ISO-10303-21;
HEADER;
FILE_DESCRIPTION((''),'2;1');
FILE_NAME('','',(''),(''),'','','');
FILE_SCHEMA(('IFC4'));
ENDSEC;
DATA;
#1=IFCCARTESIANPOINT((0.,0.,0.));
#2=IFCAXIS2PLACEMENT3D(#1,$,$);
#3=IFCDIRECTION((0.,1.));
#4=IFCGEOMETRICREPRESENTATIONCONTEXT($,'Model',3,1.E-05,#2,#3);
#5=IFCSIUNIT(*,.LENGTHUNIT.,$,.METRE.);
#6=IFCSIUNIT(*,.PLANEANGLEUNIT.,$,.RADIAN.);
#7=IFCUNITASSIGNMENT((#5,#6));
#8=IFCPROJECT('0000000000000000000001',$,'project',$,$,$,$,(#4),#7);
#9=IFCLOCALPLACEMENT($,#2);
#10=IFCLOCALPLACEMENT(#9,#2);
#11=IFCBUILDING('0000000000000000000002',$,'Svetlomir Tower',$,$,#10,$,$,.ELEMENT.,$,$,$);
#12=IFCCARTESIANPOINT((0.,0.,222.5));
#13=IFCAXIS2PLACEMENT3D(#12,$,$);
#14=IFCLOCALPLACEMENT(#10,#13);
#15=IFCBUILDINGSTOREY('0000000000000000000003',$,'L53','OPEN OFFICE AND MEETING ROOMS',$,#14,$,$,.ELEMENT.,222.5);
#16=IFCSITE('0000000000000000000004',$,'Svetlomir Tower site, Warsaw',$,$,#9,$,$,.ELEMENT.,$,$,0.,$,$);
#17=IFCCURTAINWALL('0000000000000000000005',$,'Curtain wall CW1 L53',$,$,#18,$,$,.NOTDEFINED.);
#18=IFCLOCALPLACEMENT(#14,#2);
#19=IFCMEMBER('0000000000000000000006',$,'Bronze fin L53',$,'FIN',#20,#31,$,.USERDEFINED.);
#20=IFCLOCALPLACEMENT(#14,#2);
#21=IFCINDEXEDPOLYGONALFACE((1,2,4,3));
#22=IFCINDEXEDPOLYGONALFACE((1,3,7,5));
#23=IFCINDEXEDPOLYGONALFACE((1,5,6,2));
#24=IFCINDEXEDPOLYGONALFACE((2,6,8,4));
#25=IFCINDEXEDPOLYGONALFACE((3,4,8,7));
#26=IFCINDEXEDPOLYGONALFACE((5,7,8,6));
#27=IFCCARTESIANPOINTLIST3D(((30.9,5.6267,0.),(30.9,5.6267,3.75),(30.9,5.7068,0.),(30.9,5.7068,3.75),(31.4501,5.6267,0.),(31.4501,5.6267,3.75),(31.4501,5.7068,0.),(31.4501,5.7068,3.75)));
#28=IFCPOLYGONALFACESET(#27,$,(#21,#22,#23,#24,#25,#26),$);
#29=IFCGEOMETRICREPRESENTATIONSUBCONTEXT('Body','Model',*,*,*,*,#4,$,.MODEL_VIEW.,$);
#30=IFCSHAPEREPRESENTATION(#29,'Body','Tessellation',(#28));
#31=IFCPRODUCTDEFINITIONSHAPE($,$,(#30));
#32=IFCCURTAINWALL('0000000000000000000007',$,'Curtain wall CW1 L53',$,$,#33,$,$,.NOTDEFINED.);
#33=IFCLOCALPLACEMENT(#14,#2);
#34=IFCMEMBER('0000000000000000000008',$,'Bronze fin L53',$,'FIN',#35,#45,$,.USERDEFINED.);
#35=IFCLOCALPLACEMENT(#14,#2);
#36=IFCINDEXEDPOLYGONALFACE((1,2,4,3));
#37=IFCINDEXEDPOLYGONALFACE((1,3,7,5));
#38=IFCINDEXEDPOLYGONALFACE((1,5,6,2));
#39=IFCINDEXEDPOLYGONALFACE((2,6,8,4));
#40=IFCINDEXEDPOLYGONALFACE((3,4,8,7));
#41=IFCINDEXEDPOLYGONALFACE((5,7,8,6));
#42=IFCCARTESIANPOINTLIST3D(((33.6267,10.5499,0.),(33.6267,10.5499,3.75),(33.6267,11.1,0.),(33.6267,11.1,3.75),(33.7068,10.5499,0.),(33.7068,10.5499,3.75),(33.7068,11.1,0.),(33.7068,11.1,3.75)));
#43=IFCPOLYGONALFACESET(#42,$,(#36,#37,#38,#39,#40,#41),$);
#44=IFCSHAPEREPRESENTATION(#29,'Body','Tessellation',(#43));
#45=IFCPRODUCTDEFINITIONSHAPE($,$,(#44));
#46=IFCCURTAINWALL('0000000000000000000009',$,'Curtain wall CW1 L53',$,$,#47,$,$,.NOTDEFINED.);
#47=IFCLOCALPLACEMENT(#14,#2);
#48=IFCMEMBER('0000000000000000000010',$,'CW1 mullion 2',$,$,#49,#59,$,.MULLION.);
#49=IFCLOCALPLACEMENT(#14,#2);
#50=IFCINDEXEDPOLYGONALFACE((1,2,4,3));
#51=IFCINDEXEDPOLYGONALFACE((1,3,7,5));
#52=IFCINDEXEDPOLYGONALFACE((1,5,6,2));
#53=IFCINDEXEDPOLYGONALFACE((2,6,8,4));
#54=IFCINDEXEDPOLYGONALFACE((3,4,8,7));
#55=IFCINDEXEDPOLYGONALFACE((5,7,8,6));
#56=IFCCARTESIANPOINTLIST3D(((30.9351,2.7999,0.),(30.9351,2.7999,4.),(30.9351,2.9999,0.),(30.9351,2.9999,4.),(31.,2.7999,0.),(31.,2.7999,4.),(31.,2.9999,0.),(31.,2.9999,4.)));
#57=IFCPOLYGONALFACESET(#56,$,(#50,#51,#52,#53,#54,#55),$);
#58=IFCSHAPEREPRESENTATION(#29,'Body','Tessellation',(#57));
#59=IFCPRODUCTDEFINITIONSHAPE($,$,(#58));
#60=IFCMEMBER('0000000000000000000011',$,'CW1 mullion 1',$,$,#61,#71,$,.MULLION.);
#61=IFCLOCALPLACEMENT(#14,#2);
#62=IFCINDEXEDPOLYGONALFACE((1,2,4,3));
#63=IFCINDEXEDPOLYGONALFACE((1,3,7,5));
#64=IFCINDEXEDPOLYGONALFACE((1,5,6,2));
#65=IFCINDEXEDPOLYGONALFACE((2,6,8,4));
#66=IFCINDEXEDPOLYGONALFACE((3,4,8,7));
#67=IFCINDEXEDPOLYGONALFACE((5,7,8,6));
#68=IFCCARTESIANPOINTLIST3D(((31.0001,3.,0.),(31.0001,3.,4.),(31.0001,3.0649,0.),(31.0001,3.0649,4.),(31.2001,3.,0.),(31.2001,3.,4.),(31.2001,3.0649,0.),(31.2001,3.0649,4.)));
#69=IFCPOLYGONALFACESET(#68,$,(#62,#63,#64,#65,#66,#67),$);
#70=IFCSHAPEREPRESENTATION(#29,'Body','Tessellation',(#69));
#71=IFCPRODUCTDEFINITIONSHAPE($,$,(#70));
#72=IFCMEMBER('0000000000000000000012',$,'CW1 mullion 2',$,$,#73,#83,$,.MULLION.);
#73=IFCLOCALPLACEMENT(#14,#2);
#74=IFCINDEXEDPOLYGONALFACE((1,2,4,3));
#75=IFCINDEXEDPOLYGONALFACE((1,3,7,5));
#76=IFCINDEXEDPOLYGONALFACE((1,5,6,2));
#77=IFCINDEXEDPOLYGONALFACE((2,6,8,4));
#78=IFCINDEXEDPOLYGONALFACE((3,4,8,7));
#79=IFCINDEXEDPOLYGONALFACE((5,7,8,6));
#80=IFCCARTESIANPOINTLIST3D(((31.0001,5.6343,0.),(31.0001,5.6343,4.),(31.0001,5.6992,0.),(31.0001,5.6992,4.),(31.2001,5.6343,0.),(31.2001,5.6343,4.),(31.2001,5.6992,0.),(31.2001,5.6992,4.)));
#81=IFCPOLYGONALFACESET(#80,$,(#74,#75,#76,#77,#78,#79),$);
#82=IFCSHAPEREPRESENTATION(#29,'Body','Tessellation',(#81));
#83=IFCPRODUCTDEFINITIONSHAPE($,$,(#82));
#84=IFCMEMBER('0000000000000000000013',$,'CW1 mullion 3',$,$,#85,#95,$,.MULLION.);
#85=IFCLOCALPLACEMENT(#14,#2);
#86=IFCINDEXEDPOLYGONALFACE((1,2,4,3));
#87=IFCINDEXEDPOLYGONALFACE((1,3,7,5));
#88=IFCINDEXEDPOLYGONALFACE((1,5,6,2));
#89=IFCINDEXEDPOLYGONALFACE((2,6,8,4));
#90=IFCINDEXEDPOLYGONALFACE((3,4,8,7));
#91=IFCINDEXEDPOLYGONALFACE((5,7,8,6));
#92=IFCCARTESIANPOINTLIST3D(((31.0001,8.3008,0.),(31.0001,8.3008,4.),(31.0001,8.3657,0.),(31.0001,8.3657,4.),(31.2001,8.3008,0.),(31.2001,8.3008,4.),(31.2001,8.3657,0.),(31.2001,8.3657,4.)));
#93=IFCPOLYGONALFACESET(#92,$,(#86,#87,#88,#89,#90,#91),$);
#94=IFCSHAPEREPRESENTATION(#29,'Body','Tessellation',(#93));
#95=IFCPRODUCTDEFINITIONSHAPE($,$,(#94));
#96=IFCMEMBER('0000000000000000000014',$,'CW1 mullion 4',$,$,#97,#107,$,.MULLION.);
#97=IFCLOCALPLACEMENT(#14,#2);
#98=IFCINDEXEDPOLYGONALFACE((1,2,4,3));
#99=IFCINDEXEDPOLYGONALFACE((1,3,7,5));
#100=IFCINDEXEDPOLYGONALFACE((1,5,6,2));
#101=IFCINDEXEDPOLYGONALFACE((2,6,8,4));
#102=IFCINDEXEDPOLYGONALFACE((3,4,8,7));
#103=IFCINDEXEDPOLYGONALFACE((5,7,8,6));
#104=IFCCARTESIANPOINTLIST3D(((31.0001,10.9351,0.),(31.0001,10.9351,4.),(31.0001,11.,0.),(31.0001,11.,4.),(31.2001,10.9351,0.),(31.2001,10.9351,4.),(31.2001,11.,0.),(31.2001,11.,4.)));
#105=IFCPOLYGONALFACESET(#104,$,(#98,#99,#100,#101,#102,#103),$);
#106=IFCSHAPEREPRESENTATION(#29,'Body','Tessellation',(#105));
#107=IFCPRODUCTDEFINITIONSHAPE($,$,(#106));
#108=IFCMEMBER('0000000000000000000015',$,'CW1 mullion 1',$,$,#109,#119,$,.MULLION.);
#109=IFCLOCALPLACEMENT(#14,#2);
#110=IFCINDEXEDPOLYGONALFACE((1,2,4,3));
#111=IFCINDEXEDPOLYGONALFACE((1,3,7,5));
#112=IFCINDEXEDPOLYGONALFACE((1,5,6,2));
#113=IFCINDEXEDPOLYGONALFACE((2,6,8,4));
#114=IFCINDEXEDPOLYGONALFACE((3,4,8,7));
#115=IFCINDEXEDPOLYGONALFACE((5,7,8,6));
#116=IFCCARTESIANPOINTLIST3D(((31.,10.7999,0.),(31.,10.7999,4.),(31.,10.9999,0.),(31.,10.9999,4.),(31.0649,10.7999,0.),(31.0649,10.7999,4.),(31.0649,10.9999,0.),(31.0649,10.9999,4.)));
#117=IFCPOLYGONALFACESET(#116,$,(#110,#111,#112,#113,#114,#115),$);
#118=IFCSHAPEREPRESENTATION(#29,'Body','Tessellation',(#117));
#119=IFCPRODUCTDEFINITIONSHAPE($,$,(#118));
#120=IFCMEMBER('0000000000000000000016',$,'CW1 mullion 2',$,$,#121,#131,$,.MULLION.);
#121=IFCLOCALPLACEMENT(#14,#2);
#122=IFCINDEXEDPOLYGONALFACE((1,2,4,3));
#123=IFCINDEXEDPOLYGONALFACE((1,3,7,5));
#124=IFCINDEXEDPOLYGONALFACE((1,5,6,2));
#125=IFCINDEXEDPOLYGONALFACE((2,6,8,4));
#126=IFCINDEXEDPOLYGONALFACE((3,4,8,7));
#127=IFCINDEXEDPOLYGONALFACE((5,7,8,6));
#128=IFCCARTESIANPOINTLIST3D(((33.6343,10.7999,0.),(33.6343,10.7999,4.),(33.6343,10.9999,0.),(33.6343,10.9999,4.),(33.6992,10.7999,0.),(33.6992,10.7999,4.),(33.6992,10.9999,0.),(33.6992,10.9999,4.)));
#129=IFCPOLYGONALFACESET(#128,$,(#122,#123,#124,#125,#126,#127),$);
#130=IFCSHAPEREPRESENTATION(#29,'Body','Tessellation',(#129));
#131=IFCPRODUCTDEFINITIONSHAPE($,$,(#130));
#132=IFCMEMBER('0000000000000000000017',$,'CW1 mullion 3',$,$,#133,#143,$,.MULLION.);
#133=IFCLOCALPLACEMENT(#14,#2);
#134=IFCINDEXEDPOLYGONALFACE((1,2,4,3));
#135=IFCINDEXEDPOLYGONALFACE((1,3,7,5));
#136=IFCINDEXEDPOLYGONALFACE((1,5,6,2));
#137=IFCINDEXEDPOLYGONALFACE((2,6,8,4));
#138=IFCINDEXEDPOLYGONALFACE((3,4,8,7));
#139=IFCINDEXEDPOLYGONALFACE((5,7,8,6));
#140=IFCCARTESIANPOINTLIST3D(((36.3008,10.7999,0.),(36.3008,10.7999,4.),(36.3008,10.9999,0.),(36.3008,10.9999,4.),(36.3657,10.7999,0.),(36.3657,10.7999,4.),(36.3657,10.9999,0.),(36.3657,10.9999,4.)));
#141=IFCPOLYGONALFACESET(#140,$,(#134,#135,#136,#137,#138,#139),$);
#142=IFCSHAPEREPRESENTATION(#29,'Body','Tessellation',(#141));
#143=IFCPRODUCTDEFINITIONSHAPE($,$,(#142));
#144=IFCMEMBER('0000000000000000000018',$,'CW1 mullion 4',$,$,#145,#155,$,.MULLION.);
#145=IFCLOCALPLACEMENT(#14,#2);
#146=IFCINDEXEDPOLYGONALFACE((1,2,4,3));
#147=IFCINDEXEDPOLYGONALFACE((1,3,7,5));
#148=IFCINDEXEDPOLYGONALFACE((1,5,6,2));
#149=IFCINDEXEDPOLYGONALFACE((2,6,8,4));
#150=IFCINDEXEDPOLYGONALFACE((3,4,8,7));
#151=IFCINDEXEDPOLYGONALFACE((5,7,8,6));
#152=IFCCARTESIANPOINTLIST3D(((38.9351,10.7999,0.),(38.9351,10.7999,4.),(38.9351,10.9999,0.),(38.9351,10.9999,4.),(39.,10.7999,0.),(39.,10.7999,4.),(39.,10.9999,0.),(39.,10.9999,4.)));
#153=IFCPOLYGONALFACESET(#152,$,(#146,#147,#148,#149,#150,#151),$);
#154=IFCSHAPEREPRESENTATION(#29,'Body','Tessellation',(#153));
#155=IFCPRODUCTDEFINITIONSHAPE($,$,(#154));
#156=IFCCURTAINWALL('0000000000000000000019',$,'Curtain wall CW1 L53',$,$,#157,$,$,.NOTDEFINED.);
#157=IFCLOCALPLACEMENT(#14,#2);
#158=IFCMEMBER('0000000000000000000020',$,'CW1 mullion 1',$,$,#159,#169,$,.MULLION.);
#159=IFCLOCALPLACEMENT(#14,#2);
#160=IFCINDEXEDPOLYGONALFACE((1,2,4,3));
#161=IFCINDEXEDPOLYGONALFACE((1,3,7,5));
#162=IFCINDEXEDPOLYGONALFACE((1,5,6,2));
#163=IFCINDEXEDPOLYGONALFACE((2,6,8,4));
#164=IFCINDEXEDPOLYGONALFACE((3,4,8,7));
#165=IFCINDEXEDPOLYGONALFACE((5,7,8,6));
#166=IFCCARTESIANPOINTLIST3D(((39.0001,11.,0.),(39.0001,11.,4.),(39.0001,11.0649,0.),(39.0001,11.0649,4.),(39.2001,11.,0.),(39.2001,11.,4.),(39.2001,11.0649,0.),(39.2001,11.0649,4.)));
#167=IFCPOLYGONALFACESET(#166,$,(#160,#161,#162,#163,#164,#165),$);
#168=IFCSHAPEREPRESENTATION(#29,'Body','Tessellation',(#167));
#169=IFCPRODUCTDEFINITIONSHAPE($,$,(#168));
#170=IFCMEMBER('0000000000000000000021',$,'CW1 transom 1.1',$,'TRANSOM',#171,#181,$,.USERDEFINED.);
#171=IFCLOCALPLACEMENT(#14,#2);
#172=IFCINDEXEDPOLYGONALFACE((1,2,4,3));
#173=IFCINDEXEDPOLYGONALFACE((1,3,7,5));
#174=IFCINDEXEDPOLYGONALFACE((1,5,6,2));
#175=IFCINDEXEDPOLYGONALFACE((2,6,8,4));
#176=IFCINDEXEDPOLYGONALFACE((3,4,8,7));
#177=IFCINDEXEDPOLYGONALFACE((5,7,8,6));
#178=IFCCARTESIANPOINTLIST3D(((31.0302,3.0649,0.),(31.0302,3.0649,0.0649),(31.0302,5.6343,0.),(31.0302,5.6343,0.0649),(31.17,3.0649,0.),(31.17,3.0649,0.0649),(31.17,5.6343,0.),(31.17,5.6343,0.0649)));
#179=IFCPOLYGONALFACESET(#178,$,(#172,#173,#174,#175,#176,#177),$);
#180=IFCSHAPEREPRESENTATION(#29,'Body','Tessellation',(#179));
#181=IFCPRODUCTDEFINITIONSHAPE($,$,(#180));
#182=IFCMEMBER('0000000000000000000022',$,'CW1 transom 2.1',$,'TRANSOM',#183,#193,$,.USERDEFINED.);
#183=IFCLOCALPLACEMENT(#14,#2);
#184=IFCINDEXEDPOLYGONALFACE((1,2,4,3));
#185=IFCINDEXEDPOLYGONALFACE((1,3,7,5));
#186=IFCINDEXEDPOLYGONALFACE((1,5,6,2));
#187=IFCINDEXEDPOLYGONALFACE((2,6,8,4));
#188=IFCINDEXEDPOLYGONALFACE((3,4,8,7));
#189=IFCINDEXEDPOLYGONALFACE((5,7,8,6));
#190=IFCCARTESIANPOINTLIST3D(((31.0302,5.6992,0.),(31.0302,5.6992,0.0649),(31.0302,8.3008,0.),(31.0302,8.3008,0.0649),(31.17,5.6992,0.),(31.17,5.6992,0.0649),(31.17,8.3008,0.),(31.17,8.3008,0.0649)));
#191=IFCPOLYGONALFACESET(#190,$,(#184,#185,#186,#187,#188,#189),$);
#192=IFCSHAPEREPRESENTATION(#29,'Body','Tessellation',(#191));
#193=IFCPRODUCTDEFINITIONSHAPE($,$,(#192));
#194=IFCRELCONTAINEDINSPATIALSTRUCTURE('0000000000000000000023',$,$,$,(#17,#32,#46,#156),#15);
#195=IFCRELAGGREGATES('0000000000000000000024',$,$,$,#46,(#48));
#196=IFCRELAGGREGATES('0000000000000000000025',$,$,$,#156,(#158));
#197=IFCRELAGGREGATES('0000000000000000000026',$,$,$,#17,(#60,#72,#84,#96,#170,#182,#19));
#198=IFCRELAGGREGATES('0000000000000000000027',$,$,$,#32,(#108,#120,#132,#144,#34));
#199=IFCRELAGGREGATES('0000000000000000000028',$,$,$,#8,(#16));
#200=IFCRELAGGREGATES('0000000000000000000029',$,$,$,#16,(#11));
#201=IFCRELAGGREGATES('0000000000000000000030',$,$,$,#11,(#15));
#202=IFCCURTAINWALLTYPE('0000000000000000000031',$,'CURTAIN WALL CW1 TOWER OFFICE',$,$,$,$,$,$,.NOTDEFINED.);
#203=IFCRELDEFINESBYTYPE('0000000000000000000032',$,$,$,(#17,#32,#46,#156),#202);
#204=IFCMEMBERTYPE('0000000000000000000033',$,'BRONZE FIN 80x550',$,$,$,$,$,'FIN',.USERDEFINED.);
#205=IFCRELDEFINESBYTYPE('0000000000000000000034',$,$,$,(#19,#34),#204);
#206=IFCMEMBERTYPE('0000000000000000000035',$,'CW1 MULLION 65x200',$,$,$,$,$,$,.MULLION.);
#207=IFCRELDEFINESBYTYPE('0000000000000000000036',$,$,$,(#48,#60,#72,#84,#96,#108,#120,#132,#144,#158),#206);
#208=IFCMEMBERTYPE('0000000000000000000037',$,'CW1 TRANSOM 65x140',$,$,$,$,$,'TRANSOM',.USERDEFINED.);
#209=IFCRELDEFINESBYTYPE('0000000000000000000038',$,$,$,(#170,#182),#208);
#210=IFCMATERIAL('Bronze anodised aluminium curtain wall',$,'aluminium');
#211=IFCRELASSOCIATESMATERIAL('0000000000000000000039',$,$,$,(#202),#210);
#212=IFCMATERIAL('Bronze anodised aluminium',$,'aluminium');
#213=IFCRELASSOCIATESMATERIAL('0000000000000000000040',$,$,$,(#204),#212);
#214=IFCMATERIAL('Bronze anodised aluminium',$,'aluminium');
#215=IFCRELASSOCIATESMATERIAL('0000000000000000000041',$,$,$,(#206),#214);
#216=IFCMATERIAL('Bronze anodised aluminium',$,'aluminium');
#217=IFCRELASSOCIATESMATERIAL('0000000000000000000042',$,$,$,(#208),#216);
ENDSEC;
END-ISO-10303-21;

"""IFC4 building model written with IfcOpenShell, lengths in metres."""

from ifc_helpers import new_model, si_unit, direction, frame, origin, origin_2d, place, context, subcontext, project, spatial, rectangle, extrude, material, material_profile, profile_set, type_object, element, aggregate, save


model = new_model("IFC4")

# Units and contexts
model_context = context("Model", 3, precision=1e-05, world=origin(), true_north=direction((0.0, 1.0)))
body_context = subcontext(model_context, "Body", "Model", "MODEL_VIEW")
ifc_project = project(units=[si_unit("LENGTHUNIT", "METRE"), si_unit("PLANEANGLEUNIT", "RADIAN")], contexts=[model_context])

# Site, building, storey
site_placement = place(None, origin())
site = spatial("IfcSite", under=ifc_project, at=site_placement, Name="Svetlomir Tower site, Warsaw", CompositionType="ELEMENT", RefElevation=0.0)
building_placement = place(site_placement, origin())
building = spatial("IfcBuilding", under=site, at=building_placement, Name="Svetlomir Tower", CompositionType="ELEMENT")
storey_placement = place(building_placement, frame((0.0, 0.0, 222.5)))
storey = spatial("IfcBuildingStorey", under=building, at=storey_placement, Name="L53", Description="OPEN OFFICE AND MEETING ROOMS", CompositionType="ELEMENT", Elevation=222.5)

# Curtain walls, members
ifc_material_1 = material(Name="Bronze anodised aluminium curtain wall", Category="aluminium")
curtain_wall_type = type_object("IfcCurtainWallType", Name="CURTAIN WALL CW1 TOWER OFFICE", PredefinedType="NOTDEFINED", material=ifc_material_1)
curtain_wall_1_placement = place(storey_placement, origin())
curtain_wall_1 = element("IfcCurtainWall", 1, at=curtain_wall_1_placement, inside=storey, type_object=curtain_wall_type, Name="Curtain wall CW1 L53", PredefinedType="NOTDEFINED")
ifc_material_2 = material(Name="Bronze anodised aluminium", Category="aluminium")
ifc_material_profile_1 = material_profile(ifc_material_2, rectangle(XDim=0.0801, YDim=0.55, at=origin_2d()), Name="FIN 80x550")
ifc_profile_set_1 = profile_set([ifc_material_profile_1], Name="Bronze anodised aluminium 6063-T6")
member_type_1 = type_object("IfcMemberType", Name="BRONZE FIN 80x550", ElementType="FIN", PredefinedType="USERDEFINED", material=ifc_profile_set_1)
member_1_placement = place(storey_placement, frame((31.175, 5.6667, 0.0), z_axis=(0.0, 0.0, 1.0), x_axis=(0.0, 1.0, 0.0)))
member_1 = element("IfcMember", 2, at=member_1_placement, type_object=member_type_1, Name="Bronze fin L53", ObjectType="FIN", PredefinedType="USERDEFINED", context=body_context, shape_type="SweptSolid", body=[
    extrude(rectangle(XDim=0.0801, YDim=0.55, at=origin_2d()), origin(), (0.0, 0.0, 1.0), 3.75),
])
curtain_wall_2_placement = place(storey_placement, origin())
curtain_wall_2 = element("IfcCurtainWall", 3, at=curtain_wall_2_placement, inside=storey, type_object=curtain_wall_type, Name="Curtain wall CW1 L53", PredefinedType="NOTDEFINED")
member_2_placement = place(storey_placement, frame((33.6667, 10.825, 0.0), z_axis=(0.0, 0.0, 1.0), x_axis=(1.0, 0.0, 0.0)))
member_2 = element("IfcMember", 4, at=member_2_placement, type_object=member_type_1, Name="Bronze fin L53", ObjectType="FIN", PredefinedType="USERDEFINED", context=body_context, shape_type="SweptSolid", body=[
    extrude(rectangle(XDim=0.0801, YDim=0.55, at=origin_2d()), origin(), (0.0, 0.0, 1.0), 3.75),
])
curtain_wall_3_placement = place(storey_placement, origin())
curtain_wall_3 = element("IfcCurtainWall", 5, at=curtain_wall_3_placement, inside=storey, type_object=curtain_wall_type, Name="Curtain wall CW1 L53", PredefinedType="NOTDEFINED")
ifc_material_3 = material(Name="Bronze anodised aluminium", Category="aluminium")
ifc_material_profile_2 = material_profile(ifc_material_3, rectangle(XDim=0.0649, YDim=0.2, at=origin_2d()), Name="AL 65x200")
ifc_profile_set_2 = profile_set([ifc_material_profile_2], Name="Bronze anodised aluminium 6063-T6")
member_type_2 = type_object("IfcMemberType", Name="CW1 MULLION 65x200", PredefinedType="MULLION", material=ifc_profile_set_2)
member_3_placement = place(storey_placement, frame((30.9675, 2.8999, 0.0), z_axis=(0.0, 0.0, 1.0), x_axis=(1.0, 0.0, 0.0)))
member_3 = element("IfcMember", 6, at=member_3_placement, type_object=member_type_2, Name="CW1 mullion 2", PredefinedType="MULLION", context=body_context, shape_type="SweptSolid", body=[
    extrude(rectangle(XDim=0.0649, YDim=0.2, at=origin_2d()), origin(), (0.0, 0.0, 1.0), 4.0),
])
aggregate(curtain_wall_3, [member_3])

# Members
member_4_placement = place(storey_placement, frame((31.1001, 3.0325, 0.0), z_axis=(0.0, 0.0, 1.0), x_axis=(0.0, 1.0, 0.0)))
member_4 = element("IfcMember", 7, at=member_4_placement, type_object=member_type_2, Name="CW1 mullion 1", PredefinedType="MULLION", context=body_context, shape_type="SweptSolid", body=[
    extrude(rectangle(XDim=0.0649, YDim=0.2, at=origin_2d()), origin(), (0.0, 0.0, 1.0), 4.0),
])
member_5_placement = place(storey_placement, frame((31.1001, 5.6667, 0.0), z_axis=(0.0, 0.0, 1.0), x_axis=(0.0, 1.0, 0.0)))
member_5 = element("IfcMember", 8, at=member_5_placement, type_object=member_type_2, Name="CW1 mullion 2", PredefinedType="MULLION", context=body_context, shape_type="SweptSolid", body=[
    extrude(rectangle(XDim=0.0649, YDim=0.2, at=origin_2d()), origin(), (0.0, 0.0, 1.0), 4.0),
])
member_6_placement = place(storey_placement, frame((31.1001, 8.3333, 0.0), z_axis=(0.0, 0.0, 1.0), x_axis=(0.0, 1.0, 0.0)))
member_6 = element("IfcMember", 9, at=member_6_placement, type_object=member_type_2, Name="CW1 mullion 3", PredefinedType="MULLION", context=body_context, shape_type="SweptSolid", body=[
    extrude(rectangle(XDim=0.0649, YDim=0.2, at=origin_2d()), origin(), (0.0, 0.0, 1.0), 4.0),
])
member_7_placement = place(storey_placement, frame((31.1001, 10.9675, 0.0), z_axis=(0.0, 0.0, 1.0), x_axis=(0.0, 1.0, 0.0)))
member_7 = element("IfcMember", 10, at=member_7_placement, type_object=member_type_2, Name="CW1 mullion 4", PredefinedType="MULLION", context=body_context, shape_type="SweptSolid", body=[
    extrude(rectangle(XDim=0.0649, YDim=0.2, at=origin_2d()), origin(), (0.0, 0.0, 1.0), 4.0),
])
member_8_placement = place(storey_placement, frame((31.0325, 10.8999, 0.0), z_axis=(0.0, 0.0, 1.0), x_axis=(1.0, 0.0, 0.0)))
member_8 = element("IfcMember", 11, at=member_8_placement, type_object=member_type_2, Name="CW1 mullion 1", PredefinedType="MULLION", context=body_context, shape_type="SweptSolid", body=[
    extrude(rectangle(XDim=0.0649, YDim=0.2, at=origin_2d()), origin(), (0.0, 0.0, 1.0), 4.0),
])
member_9_placement = place(storey_placement, frame((33.6667, 10.8999, 0.0), z_axis=(0.0, 0.0, 1.0), x_axis=(1.0, 0.0, 0.0)))
member_9 = element("IfcMember", 12, at=member_9_placement, type_object=member_type_2, Name="CW1 mullion 2", PredefinedType="MULLION", context=body_context, shape_type="SweptSolid", body=[
    extrude(rectangle(XDim=0.0649, YDim=0.2, at=origin_2d()), origin(), (0.0, 0.0, 1.0), 4.0),
])
member_10_placement = place(storey_placement, frame((36.3333, 10.8999, 0.0), z_axis=(0.0, 0.0, 1.0), x_axis=(1.0, 0.0, 0.0)))
member_10 = element("IfcMember", 13, at=member_10_placement, type_object=member_type_2, Name="CW1 mullion 3", PredefinedType="MULLION", context=body_context, shape_type="SweptSolid", body=[
    extrude(rectangle(XDim=0.0649, YDim=0.2, at=origin_2d()), origin(), (0.0, 0.0, 1.0), 4.0),
])
member_11_placement = place(storey_placement, frame((38.9675, 10.8999, 0.0), z_axis=(0.0, 0.0, 1.0), x_axis=(1.0, 0.0, 0.0)))
member_11 = element("IfcMember", 14, at=member_11_placement, type_object=member_type_2, Name="CW1 mullion 4", PredefinedType="MULLION", context=body_context, shape_type="SweptSolid", body=[
    extrude(rectangle(XDim=0.0649, YDim=0.2, at=origin_2d()), origin(), (0.0, 0.0, 1.0), 4.0),
])

# Curtain wall, member
curtain_wall_4_placement = place(storey_placement, origin())
curtain_wall_4 = element("IfcCurtainWall", 15, at=curtain_wall_4_placement, inside=storey, type_object=curtain_wall_type, Name="Curtain wall CW1 L53", PredefinedType="NOTDEFINED")
member_12_placement = place(storey_placement, frame((39.1001, 11.0325, 0.0), z_axis=(0.0, 0.0, 1.0), x_axis=(0.0, 1.0, 0.0)))
member_12 = element("IfcMember", 16, at=member_12_placement, type_object=member_type_2, Name="CW1 mullion 1", PredefinedType="MULLION", context=body_context, shape_type="SweptSolid", body=[
    extrude(rectangle(XDim=0.0649, YDim=0.2, at=origin_2d()), origin(), (0.0, 0.0, 1.0), 4.0),
])
aggregate(curtain_wall_4, [member_12])

# Members
ifc_material_4 = material(Name="Bronze anodised aluminium", Category="aluminium")
ifc_material_profile_3 = material_profile(ifc_material_4, rectangle(XDim=0.1399, YDim=0.0649, at=origin_2d()), Name="AL 140x65")
ifc_profile_set_3 = profile_set([ifc_material_profile_3], Name="Bronze anodised aluminium 6063-T6")
member_type_3 = type_object("IfcMemberType", Name="CW1 TRANSOM 65x140", ElementType="TRANSOM", PredefinedType="USERDEFINED", material=ifc_profile_set_3)
member_13_placement = place(storey_placement, frame((31.1001, 3.0649, 0.0325), z_axis=(0.0, 1.0, 0.0), x_axis=(-1.0, 0.0, 0.0)))
member_13 = element("IfcMember", 17, at=member_13_placement, type_object=member_type_3, Name="CW1 transom 1.1", ObjectType="TRANSOM", PredefinedType="USERDEFINED", context=body_context, shape_type="SweptSolid", body=[
    extrude(rectangle(XDim=0.1399, YDim=0.0649, at=origin_2d()), origin(), (0.0, 0.0, 1.0), 2.5693),
])
member_14_placement = place(storey_placement, frame((31.1001, 5.6992, 0.0325), z_axis=(0.0, 1.0, 0.0), x_axis=(-1.0, 0.0, 0.0)))
member_14 = element("IfcMember", 18, at=member_14_placement, type_object=member_type_3, Name="CW1 transom 2.1", ObjectType="TRANSOM", PredefinedType="USERDEFINED", context=body_context, shape_type="SweptSolid", body=[
    extrude(rectangle(XDim=0.1399, YDim=0.0649, at=origin_2d()), origin(), (0.0, 0.0, 1.0), 2.6016),
])

aggregate(curtain_wall_1, [member_4, member_5, member_6, member_7, member_13, member_14, member_1])
aggregate(curtain_wall_2, [member_8, member_9, member_10, member_11, member_2])

save(model, "model.ifc")
